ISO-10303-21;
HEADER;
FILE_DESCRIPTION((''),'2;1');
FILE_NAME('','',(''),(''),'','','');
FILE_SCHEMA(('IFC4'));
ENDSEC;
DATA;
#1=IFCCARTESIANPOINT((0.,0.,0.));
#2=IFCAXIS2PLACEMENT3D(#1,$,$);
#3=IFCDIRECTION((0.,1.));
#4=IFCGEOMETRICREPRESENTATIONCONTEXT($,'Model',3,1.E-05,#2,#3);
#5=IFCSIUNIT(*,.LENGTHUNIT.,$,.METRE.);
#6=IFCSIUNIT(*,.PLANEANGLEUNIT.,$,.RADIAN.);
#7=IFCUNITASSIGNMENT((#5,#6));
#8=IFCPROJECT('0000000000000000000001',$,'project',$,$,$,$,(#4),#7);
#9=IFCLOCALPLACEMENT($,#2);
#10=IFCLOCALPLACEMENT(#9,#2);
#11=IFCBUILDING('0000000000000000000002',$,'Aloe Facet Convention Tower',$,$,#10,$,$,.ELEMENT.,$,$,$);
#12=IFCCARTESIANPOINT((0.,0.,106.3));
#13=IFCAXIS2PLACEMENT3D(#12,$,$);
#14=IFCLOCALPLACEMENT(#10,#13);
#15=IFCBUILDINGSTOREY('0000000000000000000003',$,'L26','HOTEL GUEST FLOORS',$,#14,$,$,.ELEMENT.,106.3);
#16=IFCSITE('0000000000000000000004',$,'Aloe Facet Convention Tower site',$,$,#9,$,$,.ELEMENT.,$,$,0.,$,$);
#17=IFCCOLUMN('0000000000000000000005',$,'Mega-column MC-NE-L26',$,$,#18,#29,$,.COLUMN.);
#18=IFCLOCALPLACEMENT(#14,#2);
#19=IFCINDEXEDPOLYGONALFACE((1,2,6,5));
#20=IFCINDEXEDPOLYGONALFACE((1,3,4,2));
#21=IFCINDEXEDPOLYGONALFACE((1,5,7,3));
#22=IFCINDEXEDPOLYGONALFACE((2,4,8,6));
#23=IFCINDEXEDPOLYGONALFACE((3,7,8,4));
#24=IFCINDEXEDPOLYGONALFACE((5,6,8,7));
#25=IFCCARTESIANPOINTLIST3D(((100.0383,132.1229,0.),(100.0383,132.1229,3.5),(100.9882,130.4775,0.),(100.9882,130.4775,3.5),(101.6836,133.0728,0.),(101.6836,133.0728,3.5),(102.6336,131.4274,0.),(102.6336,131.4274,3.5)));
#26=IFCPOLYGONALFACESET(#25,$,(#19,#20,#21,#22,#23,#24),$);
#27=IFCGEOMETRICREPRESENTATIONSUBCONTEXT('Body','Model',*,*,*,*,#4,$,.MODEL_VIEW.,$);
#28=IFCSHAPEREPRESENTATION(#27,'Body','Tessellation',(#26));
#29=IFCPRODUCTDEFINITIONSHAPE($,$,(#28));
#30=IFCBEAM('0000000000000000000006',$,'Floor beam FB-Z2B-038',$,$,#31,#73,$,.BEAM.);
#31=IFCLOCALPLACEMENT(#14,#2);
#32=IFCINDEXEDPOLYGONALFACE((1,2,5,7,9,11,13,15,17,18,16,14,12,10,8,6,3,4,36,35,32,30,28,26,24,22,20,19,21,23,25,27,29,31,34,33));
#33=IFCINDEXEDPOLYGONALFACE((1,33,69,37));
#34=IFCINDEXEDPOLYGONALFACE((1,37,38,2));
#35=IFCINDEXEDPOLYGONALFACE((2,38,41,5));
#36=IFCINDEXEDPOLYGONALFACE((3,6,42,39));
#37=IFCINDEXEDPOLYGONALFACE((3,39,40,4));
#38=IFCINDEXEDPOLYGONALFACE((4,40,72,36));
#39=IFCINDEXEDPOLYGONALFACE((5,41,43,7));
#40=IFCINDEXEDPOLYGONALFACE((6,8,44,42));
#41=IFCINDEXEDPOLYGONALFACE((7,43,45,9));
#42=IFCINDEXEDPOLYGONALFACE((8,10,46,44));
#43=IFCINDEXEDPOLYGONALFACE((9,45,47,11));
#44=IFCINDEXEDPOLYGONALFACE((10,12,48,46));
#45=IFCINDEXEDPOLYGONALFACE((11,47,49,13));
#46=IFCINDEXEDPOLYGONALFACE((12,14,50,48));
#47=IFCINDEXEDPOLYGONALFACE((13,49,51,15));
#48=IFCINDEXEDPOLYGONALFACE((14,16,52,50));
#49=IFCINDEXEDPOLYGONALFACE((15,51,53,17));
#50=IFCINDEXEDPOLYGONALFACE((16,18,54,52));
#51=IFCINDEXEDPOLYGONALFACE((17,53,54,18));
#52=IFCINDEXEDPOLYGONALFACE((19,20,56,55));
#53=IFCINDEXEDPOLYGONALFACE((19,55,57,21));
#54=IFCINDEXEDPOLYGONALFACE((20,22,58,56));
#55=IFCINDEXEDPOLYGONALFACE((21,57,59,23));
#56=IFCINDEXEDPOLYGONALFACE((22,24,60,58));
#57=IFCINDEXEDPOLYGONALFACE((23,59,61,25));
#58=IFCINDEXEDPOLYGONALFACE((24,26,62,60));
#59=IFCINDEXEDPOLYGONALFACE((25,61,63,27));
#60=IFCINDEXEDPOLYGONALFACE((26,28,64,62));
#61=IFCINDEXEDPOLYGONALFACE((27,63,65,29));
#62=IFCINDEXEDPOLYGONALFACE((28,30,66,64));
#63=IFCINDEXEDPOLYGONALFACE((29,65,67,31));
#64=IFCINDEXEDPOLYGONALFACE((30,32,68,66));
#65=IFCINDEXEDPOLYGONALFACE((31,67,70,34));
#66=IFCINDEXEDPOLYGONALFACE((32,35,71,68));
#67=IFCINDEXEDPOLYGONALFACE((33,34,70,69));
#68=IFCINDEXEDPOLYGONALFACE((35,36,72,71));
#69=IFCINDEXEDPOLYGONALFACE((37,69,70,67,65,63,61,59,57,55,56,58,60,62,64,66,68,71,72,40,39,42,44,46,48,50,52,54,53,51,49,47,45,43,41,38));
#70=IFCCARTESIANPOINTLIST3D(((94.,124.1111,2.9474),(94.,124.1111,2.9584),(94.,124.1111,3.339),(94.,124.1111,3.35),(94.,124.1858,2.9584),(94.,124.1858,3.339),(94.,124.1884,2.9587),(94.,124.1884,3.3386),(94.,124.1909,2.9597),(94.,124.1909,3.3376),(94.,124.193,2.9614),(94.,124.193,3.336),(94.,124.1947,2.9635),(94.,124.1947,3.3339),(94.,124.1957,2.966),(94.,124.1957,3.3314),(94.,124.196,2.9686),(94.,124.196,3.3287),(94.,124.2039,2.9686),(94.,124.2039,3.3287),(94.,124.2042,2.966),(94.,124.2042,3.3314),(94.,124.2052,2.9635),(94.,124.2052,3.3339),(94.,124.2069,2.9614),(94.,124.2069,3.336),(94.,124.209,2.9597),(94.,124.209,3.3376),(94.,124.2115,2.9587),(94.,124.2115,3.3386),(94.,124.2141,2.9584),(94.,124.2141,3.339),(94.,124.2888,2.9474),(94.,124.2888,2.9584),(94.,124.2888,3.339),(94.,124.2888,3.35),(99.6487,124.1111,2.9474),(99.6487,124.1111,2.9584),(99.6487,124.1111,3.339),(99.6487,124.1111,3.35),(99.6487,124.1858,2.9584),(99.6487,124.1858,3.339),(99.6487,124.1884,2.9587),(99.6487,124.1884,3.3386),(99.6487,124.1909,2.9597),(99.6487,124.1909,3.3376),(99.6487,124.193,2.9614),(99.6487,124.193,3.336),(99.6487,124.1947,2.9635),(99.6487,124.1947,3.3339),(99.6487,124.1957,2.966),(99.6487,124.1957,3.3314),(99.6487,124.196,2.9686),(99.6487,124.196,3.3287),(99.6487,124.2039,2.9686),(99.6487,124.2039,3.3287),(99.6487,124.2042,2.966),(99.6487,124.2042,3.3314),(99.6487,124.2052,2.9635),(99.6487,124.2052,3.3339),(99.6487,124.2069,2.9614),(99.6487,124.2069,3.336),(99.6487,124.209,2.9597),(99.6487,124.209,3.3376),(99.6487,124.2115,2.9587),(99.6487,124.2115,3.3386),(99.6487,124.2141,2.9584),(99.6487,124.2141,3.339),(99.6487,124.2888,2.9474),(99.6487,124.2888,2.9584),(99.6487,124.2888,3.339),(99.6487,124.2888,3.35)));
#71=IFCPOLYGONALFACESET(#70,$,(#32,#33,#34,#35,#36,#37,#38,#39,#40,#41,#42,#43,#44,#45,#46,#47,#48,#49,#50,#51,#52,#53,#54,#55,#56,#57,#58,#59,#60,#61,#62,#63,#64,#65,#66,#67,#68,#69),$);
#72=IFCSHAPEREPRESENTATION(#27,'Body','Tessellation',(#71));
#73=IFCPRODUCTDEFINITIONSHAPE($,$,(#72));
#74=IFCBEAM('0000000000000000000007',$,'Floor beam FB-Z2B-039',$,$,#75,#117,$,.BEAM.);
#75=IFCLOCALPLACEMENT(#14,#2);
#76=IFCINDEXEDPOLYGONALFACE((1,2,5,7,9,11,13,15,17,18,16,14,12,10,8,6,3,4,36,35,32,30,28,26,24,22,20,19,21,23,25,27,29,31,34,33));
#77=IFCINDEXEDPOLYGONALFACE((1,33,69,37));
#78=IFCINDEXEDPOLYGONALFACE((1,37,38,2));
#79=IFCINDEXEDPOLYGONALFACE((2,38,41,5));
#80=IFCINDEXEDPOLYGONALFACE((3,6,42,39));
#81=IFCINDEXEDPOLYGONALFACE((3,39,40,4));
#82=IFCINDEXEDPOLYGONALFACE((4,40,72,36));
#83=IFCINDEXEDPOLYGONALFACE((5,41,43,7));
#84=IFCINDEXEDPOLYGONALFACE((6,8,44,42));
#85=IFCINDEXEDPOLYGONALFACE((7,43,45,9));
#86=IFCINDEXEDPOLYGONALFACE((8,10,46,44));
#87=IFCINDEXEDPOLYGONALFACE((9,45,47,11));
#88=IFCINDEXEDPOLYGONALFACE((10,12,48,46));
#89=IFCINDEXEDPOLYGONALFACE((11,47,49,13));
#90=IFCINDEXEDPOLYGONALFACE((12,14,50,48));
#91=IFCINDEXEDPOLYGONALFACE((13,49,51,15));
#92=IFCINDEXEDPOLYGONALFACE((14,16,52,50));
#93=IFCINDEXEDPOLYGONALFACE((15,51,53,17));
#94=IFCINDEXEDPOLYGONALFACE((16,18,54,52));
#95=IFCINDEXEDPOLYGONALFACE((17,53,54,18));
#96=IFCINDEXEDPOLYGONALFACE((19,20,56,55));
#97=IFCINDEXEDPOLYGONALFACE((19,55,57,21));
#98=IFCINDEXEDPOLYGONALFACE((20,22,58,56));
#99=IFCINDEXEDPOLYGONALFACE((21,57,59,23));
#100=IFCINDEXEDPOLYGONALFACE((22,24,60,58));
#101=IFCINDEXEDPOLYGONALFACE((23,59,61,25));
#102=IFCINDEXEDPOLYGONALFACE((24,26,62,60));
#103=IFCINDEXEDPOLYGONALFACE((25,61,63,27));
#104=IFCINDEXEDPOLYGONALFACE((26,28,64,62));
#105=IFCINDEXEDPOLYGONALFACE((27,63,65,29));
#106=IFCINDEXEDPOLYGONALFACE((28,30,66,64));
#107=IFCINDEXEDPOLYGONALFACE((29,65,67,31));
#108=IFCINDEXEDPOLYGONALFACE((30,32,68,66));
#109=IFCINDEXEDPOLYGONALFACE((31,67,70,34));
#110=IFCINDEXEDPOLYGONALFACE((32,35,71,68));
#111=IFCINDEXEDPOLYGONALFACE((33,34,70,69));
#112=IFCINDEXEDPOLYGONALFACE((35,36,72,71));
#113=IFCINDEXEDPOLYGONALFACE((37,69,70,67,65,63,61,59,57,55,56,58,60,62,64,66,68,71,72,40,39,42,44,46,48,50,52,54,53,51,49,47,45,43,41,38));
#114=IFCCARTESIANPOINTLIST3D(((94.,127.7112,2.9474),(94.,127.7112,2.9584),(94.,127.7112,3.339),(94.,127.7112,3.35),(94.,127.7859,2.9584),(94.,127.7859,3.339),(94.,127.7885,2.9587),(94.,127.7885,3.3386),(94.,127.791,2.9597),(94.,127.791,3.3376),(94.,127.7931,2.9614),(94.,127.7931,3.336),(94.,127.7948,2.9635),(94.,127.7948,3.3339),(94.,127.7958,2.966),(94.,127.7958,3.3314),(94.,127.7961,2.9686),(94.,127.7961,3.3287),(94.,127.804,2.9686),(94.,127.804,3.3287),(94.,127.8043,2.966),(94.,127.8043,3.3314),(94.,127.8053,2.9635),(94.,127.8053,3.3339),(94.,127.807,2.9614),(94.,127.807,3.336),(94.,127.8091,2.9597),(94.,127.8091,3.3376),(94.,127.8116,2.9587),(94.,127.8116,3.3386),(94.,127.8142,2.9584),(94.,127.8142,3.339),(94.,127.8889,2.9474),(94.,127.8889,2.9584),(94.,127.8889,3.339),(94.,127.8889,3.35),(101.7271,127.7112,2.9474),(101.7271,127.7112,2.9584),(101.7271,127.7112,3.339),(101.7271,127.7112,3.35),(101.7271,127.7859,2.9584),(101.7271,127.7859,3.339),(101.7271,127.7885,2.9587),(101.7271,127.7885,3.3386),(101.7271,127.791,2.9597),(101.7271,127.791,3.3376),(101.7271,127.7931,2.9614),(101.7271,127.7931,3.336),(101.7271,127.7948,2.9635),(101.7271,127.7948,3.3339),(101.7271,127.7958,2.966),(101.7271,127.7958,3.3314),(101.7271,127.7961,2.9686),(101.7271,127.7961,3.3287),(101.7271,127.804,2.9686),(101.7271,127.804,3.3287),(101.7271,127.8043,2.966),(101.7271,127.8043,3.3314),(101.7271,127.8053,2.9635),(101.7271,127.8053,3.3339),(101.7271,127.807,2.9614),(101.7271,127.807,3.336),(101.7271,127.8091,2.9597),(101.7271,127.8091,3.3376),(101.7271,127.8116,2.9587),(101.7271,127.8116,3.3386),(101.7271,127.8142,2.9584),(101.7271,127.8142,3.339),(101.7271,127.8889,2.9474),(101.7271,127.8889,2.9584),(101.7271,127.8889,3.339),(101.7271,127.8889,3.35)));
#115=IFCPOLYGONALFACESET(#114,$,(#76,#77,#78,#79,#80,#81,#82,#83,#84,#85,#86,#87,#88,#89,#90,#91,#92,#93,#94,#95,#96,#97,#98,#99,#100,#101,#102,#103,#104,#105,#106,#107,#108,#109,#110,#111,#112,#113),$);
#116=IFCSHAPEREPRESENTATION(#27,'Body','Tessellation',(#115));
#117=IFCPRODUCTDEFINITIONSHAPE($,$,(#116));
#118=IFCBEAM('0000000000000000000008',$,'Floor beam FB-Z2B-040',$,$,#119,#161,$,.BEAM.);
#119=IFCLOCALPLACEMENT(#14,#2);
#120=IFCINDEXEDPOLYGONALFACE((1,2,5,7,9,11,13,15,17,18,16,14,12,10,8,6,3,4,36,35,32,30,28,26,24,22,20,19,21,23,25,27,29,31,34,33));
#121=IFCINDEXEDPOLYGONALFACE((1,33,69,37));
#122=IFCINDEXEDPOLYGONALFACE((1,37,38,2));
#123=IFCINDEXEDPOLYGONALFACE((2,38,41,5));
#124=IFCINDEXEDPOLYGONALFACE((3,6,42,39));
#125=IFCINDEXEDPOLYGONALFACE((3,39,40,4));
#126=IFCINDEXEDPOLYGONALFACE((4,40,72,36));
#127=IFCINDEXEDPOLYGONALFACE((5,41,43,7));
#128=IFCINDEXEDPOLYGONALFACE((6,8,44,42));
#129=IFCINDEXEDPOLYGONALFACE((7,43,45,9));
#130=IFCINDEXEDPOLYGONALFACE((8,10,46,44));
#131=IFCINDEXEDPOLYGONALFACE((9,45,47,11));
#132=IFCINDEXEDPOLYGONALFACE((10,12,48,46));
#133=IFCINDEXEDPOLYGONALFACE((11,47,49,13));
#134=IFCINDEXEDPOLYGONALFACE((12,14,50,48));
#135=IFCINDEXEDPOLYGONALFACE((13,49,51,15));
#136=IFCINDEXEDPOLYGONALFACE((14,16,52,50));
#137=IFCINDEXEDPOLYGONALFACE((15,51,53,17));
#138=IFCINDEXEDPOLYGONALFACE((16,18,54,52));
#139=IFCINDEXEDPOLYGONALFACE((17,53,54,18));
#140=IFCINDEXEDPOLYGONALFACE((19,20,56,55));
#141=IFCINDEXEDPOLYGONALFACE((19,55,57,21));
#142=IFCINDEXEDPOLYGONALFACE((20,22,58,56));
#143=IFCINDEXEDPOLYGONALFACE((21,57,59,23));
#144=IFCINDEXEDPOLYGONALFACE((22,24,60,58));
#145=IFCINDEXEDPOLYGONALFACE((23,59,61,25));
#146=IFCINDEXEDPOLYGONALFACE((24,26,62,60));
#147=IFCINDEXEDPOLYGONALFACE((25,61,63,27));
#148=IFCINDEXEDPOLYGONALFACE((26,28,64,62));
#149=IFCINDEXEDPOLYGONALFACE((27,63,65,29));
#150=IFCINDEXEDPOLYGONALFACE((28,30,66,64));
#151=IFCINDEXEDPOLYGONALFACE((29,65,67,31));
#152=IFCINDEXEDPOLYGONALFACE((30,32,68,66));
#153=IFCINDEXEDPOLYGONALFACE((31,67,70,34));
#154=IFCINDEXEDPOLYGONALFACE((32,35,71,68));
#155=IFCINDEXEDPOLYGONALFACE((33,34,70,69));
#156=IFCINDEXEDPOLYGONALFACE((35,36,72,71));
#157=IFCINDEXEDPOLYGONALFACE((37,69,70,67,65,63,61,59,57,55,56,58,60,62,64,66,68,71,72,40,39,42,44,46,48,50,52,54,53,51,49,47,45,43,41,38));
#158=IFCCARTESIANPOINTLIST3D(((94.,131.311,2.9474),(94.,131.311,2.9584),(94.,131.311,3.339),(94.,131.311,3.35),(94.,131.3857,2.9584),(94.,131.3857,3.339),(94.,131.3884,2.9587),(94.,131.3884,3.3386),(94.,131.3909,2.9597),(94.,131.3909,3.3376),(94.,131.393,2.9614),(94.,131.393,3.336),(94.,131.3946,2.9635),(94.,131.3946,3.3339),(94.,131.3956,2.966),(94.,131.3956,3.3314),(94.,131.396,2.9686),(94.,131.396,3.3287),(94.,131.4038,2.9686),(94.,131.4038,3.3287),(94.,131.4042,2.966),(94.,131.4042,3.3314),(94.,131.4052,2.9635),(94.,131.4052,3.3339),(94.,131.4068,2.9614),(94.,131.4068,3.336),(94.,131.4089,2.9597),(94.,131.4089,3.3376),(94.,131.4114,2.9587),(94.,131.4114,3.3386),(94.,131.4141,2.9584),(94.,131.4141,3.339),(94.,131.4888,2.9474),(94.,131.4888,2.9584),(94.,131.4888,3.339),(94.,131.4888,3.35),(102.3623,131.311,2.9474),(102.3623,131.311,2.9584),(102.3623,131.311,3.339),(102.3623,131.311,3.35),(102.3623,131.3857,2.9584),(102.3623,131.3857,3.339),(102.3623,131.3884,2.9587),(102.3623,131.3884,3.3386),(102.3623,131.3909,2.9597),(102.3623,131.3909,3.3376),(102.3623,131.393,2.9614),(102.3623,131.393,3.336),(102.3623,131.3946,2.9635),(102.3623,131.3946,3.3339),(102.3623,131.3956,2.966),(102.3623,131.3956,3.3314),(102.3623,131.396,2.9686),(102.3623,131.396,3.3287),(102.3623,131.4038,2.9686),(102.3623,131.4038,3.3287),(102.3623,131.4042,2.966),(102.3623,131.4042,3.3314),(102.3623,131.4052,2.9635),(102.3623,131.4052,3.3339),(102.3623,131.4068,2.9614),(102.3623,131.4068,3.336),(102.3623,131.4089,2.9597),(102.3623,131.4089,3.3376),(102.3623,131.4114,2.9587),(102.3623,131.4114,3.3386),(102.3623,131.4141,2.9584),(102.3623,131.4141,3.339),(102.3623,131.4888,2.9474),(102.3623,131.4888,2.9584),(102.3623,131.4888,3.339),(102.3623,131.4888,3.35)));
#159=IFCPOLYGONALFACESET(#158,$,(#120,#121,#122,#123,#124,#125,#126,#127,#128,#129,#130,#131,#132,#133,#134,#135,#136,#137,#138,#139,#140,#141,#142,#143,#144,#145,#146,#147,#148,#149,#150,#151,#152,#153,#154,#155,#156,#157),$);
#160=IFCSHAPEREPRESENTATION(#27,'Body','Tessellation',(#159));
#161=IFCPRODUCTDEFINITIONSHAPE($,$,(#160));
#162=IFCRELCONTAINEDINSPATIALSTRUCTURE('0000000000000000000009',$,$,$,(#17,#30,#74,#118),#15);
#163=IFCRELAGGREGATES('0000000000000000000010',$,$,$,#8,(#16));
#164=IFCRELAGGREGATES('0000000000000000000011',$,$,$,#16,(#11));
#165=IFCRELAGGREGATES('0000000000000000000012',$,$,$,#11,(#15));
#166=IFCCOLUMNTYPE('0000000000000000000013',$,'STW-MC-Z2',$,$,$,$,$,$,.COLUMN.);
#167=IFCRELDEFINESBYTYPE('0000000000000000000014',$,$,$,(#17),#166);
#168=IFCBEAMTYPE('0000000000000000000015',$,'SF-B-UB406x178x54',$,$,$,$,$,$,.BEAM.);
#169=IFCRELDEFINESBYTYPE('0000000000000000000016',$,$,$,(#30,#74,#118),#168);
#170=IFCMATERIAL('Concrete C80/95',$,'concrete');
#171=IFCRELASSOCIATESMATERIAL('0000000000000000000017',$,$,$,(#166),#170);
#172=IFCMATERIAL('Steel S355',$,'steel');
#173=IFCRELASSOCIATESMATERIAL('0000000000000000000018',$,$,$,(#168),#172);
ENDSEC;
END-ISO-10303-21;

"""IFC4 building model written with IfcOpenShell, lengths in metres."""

from ifc_helpers import new_model, si_unit, direction, frame, origin, origin_2d, place, context, subcontext, project, spatial, rectangle, i_section, extrude, material, material_profile, profile_set, type_object, element, save


model = new_model("IFC4")

# Units and contexts
model_context = context("Model", 3, precision=1e-05, world=origin(), true_north=direction((0.0, 1.0)))
body_context = subcontext(model_context, "Body", "Model", "MODEL_VIEW")
ifc_project = project(units=[si_unit("LENGTHUNIT", "METRE"), si_unit("PLANEANGLEUNIT", "RADIAN")], contexts=[model_context])

# Site, building, storey
site_placement = place(None, origin())
site = spatial("IfcSite", under=ifc_project, at=site_placement, Name="Aloe Facet Convention Tower site", CompositionType="ELEMENT", RefElevation=0.0)
building_placement = place(site_placement, origin())
building = spatial("IfcBuilding", under=site, at=building_placement, Name="Aloe Facet Convention Tower", CompositionType="ELEMENT")
storey_placement = place(building_placement, frame((0.0, 0.0, 106.3)))
storey = spatial("IfcBuildingStorey", under=building, at=storey_placement, Name="L26", Description="HOTEL GUEST FLOORS", CompositionType="ELEMENT", Elevation=106.3)

# Column
ifc_material_1 = material(Name="Concrete C80/95", Category="concrete")
ifc_material_profile_1 = material_profile(ifc_material_1, rectangle(XDim=1.8999, YDim=1.8999, at=origin_2d()), Name="STW-MC-Z2")
ifc_profile_set_1 = profile_set([ifc_material_profile_1], Name="Concrete C80/95")
column_type = type_object("IfcColumnType", Name="STW-MC-Z2", PredefinedType="COLUMN", material=ifc_profile_set_1)
column_placement = place(storey_placement, frame((101.3359, 131.7751, 0.0), z_axis=(0.0, 0.0, 1.0), x_axis=(-0.5, 0.866025, 0.0)))
element("IfcColumn", 1, at=column_placement, inside=storey, type_object=column_type, Name="Mega-column MC-NE-L26", PredefinedType="COLUMN", context=body_context, shape_type="SweptSolid", body=[
    extrude(rectangle(XDim=1.8999, YDim=1.8999, at=origin_2d()), origin(), (0.0, 0.0, 1.0), 3.5),
])

# Beams
ifc_material_2 = material(Name="Steel S355", Category="steel")
ifc_material_profile_2 = material_profile(ifc_material_2, i_section(OverallWidth=0.1777, OverallDepth=0.4026, WebThickness=0.0078, FlangeThickness=0.011, FilletRadius=0.0103, at=origin_2d()), Name="UB 406x178x54")
ifc_profile_set_2 = profile_set([ifc_material_profile_2], Name="Steel S355")
beam_type_1 = type_object("IfcBeamType", Name="SF-B-UB406x178x54", PredefinedType="BEAM", material=ifc_profile_set_2)
beam_1_placement = place(storey_placement, frame((94.0, 124.2, 3.1487), z_axis=(1.0, 0.0, 0.0), x_axis=(0.0, 1.0, 0.0)))
element("IfcBeam", 2, at=beam_1_placement, inside=storey, type_object=beam_type_1, Name="Floor beam FB-Z2B-038", PredefinedType="BEAM", context=body_context, shape_type="SweptSolid", body=[
    extrude(i_section(OverallWidth=0.1777, OverallDepth=0.4026, WebThickness=0.0078, FlangeThickness=0.011, FilletRadius=0.0103, at=origin_2d()), origin(), (0.0, 0.0, 1.0), 5.6487),
])
beam_2_placement = place(storey_placement, frame((94.0, 127.8, 3.1487), z_axis=(1.0, 0.0, 0.0), x_axis=(0.0, 1.0, 0.0)))
element("IfcBeam", 3, at=beam_2_placement, inside=storey, type_object=beam_type_1, Name="Floor beam FB-Z2B-039", PredefinedType="BEAM", context=body_context, shape_type="SweptSolid", body=[
    extrude(i_section(OverallWidth=0.1777, OverallDepth=0.4026, WebThickness=0.0078, FlangeThickness=0.011, FilletRadius=0.0103, at=origin_2d()), origin(), (0.0, 0.0, 1.0), 7.7271),
])
beam_3_placement = place(storey_placement, frame((94.0, 131.3999, 3.1487), z_axis=(1.0, 0.0, 0.0), x_axis=(0.0, 1.0, 0.0)))
element("IfcBeam", 4, at=beam_3_placement, inside=storey, type_object=beam_type_1, Name="Floor beam FB-Z2B-040", PredefinedType="BEAM", context=body_context, shape_type="SweptSolid", body=[
    extrude(i_section(OverallWidth=0.1777, OverallDepth=0.4026, WebThickness=0.0078, FlangeThickness=0.011, FilletRadius=0.0103, at=origin_2d()), origin(), (0.0, 0.0, 1.0), 8.3623),
])

save(model, "model.ifc")
